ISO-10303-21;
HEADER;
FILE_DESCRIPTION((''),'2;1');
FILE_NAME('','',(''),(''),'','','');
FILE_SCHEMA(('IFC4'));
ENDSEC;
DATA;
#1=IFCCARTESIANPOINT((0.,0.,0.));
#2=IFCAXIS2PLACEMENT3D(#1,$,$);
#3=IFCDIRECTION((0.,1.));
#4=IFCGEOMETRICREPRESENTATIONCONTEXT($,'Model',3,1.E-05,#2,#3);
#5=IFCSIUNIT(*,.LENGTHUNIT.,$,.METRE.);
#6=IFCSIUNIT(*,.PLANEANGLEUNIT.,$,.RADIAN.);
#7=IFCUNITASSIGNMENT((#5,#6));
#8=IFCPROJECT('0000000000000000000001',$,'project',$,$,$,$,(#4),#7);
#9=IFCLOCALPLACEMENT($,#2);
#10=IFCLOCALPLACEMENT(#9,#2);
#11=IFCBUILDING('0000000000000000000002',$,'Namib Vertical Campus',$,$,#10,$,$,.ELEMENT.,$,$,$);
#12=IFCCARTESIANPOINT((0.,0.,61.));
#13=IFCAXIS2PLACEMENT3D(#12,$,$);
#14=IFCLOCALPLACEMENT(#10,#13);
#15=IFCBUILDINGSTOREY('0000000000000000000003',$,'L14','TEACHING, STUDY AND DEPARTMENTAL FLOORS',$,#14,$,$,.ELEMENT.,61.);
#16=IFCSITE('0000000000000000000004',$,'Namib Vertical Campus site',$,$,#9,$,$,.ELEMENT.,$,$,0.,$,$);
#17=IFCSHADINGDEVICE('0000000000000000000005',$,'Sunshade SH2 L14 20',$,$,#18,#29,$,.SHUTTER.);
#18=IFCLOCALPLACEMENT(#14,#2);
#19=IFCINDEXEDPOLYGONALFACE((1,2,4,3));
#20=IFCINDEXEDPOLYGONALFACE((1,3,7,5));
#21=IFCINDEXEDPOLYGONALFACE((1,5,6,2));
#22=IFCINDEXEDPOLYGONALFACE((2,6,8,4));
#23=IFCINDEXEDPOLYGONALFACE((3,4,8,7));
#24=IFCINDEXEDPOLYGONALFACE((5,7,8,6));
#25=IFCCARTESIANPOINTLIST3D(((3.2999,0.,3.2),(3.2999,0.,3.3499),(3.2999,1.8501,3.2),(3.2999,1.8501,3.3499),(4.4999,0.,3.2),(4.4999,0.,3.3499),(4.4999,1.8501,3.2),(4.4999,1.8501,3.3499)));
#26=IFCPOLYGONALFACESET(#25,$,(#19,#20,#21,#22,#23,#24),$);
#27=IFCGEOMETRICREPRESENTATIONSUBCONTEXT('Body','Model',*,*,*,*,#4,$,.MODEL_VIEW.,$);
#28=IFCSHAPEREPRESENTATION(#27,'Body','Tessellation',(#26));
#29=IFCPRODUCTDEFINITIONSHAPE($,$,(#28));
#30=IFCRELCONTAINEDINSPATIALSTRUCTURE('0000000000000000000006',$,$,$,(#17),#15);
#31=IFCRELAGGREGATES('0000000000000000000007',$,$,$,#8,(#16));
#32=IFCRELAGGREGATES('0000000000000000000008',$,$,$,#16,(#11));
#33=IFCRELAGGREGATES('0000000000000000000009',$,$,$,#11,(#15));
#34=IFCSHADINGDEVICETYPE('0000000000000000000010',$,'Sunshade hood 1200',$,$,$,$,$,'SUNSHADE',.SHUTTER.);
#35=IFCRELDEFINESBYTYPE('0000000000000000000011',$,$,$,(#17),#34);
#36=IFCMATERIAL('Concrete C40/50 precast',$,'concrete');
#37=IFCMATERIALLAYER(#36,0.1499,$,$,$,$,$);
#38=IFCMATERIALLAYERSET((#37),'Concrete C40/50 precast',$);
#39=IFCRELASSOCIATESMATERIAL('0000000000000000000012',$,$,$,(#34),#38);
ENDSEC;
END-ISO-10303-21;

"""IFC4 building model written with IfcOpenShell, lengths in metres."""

from ifc_helpers import new_model, si_unit, direction, frame, origin, origin_2d, place, context, subcontext, project, spatial, rectangle, extrude, material, layer, layer_set, type_object, element, save


model = new_model("IFC4")

# Units and contexts
model_context = context("Model", 3, precision=1e-05, world=origin(), true_north=direction((0.0, 1.0)))
body_context = subcontext(model_context, "Body", "Model", "MODEL_VIEW")
ifc_project = project(units=[si_unit("LENGTHUNIT", "METRE"), si_unit("PLANEANGLEUNIT", "RADIAN")], contexts=[model_context])

# Site, building, storey
site_placement = place(None, origin())
site = spatial("IfcSite", under=ifc_project, at=site_placement, Name="Namib Vertical Campus site", CompositionType="ELEMENT", RefElevation=0.0)
building_placement = place(site_placement, origin())
building = spatial("IfcBuilding", under=site, at=building_placement, Name="Namib Vertical Campus", CompositionType="ELEMENT")
storey_placement = place(building_placement, frame((0.0, 0.0, 61.0)))
storey = spatial("IfcBuildingStorey", under=building, at=storey_placement, Name="L14", Description="TEACHING, STUDY AND DEPARTMENTAL FLOORS", CompositionType="ELEMENT", Elevation=61.0)

# Shading device
ifc_material_1 = material(Name="Concrete C40/50 precast", Category="concrete")
ifc_layer_1 = layer(ifc_material_1, 0.1499)
ifc_layer_set_1 = layer_set([ifc_layer_1], Name="Concrete C40/50 precast")
shading_device_type = type_object("IfcShadingDeviceType", Name="Sunshade hood 1200", ElementType="SUNSHADE", PredefinedType="SHUTTER", material=ifc_layer_set_1)
for number, where, z_axis, x_axis, name in (
    (1, (3.8999, 0.925, 3.2), (0.0, 0.0, 1.0), (0.0, -1.0, 0.0), "Sunshade SH2 L14 20"),
):
    element("IfcShadingDevice", number, at=place(storey_placement, frame(where, z_axis=z_axis, x_axis=x_axis)), inside=storey, type_object=shading_device_type, Name=name, PredefinedType="SHUTTER", context=body_context, shape_type="SweptSolid", body=[
        extrude(rectangle(XDim=1.8501, YDim=1.2, at=origin_2d()), origin(), (0.0, 0.0, 1.0), 0.1499),
    ])

save(model, "model.ifc")
